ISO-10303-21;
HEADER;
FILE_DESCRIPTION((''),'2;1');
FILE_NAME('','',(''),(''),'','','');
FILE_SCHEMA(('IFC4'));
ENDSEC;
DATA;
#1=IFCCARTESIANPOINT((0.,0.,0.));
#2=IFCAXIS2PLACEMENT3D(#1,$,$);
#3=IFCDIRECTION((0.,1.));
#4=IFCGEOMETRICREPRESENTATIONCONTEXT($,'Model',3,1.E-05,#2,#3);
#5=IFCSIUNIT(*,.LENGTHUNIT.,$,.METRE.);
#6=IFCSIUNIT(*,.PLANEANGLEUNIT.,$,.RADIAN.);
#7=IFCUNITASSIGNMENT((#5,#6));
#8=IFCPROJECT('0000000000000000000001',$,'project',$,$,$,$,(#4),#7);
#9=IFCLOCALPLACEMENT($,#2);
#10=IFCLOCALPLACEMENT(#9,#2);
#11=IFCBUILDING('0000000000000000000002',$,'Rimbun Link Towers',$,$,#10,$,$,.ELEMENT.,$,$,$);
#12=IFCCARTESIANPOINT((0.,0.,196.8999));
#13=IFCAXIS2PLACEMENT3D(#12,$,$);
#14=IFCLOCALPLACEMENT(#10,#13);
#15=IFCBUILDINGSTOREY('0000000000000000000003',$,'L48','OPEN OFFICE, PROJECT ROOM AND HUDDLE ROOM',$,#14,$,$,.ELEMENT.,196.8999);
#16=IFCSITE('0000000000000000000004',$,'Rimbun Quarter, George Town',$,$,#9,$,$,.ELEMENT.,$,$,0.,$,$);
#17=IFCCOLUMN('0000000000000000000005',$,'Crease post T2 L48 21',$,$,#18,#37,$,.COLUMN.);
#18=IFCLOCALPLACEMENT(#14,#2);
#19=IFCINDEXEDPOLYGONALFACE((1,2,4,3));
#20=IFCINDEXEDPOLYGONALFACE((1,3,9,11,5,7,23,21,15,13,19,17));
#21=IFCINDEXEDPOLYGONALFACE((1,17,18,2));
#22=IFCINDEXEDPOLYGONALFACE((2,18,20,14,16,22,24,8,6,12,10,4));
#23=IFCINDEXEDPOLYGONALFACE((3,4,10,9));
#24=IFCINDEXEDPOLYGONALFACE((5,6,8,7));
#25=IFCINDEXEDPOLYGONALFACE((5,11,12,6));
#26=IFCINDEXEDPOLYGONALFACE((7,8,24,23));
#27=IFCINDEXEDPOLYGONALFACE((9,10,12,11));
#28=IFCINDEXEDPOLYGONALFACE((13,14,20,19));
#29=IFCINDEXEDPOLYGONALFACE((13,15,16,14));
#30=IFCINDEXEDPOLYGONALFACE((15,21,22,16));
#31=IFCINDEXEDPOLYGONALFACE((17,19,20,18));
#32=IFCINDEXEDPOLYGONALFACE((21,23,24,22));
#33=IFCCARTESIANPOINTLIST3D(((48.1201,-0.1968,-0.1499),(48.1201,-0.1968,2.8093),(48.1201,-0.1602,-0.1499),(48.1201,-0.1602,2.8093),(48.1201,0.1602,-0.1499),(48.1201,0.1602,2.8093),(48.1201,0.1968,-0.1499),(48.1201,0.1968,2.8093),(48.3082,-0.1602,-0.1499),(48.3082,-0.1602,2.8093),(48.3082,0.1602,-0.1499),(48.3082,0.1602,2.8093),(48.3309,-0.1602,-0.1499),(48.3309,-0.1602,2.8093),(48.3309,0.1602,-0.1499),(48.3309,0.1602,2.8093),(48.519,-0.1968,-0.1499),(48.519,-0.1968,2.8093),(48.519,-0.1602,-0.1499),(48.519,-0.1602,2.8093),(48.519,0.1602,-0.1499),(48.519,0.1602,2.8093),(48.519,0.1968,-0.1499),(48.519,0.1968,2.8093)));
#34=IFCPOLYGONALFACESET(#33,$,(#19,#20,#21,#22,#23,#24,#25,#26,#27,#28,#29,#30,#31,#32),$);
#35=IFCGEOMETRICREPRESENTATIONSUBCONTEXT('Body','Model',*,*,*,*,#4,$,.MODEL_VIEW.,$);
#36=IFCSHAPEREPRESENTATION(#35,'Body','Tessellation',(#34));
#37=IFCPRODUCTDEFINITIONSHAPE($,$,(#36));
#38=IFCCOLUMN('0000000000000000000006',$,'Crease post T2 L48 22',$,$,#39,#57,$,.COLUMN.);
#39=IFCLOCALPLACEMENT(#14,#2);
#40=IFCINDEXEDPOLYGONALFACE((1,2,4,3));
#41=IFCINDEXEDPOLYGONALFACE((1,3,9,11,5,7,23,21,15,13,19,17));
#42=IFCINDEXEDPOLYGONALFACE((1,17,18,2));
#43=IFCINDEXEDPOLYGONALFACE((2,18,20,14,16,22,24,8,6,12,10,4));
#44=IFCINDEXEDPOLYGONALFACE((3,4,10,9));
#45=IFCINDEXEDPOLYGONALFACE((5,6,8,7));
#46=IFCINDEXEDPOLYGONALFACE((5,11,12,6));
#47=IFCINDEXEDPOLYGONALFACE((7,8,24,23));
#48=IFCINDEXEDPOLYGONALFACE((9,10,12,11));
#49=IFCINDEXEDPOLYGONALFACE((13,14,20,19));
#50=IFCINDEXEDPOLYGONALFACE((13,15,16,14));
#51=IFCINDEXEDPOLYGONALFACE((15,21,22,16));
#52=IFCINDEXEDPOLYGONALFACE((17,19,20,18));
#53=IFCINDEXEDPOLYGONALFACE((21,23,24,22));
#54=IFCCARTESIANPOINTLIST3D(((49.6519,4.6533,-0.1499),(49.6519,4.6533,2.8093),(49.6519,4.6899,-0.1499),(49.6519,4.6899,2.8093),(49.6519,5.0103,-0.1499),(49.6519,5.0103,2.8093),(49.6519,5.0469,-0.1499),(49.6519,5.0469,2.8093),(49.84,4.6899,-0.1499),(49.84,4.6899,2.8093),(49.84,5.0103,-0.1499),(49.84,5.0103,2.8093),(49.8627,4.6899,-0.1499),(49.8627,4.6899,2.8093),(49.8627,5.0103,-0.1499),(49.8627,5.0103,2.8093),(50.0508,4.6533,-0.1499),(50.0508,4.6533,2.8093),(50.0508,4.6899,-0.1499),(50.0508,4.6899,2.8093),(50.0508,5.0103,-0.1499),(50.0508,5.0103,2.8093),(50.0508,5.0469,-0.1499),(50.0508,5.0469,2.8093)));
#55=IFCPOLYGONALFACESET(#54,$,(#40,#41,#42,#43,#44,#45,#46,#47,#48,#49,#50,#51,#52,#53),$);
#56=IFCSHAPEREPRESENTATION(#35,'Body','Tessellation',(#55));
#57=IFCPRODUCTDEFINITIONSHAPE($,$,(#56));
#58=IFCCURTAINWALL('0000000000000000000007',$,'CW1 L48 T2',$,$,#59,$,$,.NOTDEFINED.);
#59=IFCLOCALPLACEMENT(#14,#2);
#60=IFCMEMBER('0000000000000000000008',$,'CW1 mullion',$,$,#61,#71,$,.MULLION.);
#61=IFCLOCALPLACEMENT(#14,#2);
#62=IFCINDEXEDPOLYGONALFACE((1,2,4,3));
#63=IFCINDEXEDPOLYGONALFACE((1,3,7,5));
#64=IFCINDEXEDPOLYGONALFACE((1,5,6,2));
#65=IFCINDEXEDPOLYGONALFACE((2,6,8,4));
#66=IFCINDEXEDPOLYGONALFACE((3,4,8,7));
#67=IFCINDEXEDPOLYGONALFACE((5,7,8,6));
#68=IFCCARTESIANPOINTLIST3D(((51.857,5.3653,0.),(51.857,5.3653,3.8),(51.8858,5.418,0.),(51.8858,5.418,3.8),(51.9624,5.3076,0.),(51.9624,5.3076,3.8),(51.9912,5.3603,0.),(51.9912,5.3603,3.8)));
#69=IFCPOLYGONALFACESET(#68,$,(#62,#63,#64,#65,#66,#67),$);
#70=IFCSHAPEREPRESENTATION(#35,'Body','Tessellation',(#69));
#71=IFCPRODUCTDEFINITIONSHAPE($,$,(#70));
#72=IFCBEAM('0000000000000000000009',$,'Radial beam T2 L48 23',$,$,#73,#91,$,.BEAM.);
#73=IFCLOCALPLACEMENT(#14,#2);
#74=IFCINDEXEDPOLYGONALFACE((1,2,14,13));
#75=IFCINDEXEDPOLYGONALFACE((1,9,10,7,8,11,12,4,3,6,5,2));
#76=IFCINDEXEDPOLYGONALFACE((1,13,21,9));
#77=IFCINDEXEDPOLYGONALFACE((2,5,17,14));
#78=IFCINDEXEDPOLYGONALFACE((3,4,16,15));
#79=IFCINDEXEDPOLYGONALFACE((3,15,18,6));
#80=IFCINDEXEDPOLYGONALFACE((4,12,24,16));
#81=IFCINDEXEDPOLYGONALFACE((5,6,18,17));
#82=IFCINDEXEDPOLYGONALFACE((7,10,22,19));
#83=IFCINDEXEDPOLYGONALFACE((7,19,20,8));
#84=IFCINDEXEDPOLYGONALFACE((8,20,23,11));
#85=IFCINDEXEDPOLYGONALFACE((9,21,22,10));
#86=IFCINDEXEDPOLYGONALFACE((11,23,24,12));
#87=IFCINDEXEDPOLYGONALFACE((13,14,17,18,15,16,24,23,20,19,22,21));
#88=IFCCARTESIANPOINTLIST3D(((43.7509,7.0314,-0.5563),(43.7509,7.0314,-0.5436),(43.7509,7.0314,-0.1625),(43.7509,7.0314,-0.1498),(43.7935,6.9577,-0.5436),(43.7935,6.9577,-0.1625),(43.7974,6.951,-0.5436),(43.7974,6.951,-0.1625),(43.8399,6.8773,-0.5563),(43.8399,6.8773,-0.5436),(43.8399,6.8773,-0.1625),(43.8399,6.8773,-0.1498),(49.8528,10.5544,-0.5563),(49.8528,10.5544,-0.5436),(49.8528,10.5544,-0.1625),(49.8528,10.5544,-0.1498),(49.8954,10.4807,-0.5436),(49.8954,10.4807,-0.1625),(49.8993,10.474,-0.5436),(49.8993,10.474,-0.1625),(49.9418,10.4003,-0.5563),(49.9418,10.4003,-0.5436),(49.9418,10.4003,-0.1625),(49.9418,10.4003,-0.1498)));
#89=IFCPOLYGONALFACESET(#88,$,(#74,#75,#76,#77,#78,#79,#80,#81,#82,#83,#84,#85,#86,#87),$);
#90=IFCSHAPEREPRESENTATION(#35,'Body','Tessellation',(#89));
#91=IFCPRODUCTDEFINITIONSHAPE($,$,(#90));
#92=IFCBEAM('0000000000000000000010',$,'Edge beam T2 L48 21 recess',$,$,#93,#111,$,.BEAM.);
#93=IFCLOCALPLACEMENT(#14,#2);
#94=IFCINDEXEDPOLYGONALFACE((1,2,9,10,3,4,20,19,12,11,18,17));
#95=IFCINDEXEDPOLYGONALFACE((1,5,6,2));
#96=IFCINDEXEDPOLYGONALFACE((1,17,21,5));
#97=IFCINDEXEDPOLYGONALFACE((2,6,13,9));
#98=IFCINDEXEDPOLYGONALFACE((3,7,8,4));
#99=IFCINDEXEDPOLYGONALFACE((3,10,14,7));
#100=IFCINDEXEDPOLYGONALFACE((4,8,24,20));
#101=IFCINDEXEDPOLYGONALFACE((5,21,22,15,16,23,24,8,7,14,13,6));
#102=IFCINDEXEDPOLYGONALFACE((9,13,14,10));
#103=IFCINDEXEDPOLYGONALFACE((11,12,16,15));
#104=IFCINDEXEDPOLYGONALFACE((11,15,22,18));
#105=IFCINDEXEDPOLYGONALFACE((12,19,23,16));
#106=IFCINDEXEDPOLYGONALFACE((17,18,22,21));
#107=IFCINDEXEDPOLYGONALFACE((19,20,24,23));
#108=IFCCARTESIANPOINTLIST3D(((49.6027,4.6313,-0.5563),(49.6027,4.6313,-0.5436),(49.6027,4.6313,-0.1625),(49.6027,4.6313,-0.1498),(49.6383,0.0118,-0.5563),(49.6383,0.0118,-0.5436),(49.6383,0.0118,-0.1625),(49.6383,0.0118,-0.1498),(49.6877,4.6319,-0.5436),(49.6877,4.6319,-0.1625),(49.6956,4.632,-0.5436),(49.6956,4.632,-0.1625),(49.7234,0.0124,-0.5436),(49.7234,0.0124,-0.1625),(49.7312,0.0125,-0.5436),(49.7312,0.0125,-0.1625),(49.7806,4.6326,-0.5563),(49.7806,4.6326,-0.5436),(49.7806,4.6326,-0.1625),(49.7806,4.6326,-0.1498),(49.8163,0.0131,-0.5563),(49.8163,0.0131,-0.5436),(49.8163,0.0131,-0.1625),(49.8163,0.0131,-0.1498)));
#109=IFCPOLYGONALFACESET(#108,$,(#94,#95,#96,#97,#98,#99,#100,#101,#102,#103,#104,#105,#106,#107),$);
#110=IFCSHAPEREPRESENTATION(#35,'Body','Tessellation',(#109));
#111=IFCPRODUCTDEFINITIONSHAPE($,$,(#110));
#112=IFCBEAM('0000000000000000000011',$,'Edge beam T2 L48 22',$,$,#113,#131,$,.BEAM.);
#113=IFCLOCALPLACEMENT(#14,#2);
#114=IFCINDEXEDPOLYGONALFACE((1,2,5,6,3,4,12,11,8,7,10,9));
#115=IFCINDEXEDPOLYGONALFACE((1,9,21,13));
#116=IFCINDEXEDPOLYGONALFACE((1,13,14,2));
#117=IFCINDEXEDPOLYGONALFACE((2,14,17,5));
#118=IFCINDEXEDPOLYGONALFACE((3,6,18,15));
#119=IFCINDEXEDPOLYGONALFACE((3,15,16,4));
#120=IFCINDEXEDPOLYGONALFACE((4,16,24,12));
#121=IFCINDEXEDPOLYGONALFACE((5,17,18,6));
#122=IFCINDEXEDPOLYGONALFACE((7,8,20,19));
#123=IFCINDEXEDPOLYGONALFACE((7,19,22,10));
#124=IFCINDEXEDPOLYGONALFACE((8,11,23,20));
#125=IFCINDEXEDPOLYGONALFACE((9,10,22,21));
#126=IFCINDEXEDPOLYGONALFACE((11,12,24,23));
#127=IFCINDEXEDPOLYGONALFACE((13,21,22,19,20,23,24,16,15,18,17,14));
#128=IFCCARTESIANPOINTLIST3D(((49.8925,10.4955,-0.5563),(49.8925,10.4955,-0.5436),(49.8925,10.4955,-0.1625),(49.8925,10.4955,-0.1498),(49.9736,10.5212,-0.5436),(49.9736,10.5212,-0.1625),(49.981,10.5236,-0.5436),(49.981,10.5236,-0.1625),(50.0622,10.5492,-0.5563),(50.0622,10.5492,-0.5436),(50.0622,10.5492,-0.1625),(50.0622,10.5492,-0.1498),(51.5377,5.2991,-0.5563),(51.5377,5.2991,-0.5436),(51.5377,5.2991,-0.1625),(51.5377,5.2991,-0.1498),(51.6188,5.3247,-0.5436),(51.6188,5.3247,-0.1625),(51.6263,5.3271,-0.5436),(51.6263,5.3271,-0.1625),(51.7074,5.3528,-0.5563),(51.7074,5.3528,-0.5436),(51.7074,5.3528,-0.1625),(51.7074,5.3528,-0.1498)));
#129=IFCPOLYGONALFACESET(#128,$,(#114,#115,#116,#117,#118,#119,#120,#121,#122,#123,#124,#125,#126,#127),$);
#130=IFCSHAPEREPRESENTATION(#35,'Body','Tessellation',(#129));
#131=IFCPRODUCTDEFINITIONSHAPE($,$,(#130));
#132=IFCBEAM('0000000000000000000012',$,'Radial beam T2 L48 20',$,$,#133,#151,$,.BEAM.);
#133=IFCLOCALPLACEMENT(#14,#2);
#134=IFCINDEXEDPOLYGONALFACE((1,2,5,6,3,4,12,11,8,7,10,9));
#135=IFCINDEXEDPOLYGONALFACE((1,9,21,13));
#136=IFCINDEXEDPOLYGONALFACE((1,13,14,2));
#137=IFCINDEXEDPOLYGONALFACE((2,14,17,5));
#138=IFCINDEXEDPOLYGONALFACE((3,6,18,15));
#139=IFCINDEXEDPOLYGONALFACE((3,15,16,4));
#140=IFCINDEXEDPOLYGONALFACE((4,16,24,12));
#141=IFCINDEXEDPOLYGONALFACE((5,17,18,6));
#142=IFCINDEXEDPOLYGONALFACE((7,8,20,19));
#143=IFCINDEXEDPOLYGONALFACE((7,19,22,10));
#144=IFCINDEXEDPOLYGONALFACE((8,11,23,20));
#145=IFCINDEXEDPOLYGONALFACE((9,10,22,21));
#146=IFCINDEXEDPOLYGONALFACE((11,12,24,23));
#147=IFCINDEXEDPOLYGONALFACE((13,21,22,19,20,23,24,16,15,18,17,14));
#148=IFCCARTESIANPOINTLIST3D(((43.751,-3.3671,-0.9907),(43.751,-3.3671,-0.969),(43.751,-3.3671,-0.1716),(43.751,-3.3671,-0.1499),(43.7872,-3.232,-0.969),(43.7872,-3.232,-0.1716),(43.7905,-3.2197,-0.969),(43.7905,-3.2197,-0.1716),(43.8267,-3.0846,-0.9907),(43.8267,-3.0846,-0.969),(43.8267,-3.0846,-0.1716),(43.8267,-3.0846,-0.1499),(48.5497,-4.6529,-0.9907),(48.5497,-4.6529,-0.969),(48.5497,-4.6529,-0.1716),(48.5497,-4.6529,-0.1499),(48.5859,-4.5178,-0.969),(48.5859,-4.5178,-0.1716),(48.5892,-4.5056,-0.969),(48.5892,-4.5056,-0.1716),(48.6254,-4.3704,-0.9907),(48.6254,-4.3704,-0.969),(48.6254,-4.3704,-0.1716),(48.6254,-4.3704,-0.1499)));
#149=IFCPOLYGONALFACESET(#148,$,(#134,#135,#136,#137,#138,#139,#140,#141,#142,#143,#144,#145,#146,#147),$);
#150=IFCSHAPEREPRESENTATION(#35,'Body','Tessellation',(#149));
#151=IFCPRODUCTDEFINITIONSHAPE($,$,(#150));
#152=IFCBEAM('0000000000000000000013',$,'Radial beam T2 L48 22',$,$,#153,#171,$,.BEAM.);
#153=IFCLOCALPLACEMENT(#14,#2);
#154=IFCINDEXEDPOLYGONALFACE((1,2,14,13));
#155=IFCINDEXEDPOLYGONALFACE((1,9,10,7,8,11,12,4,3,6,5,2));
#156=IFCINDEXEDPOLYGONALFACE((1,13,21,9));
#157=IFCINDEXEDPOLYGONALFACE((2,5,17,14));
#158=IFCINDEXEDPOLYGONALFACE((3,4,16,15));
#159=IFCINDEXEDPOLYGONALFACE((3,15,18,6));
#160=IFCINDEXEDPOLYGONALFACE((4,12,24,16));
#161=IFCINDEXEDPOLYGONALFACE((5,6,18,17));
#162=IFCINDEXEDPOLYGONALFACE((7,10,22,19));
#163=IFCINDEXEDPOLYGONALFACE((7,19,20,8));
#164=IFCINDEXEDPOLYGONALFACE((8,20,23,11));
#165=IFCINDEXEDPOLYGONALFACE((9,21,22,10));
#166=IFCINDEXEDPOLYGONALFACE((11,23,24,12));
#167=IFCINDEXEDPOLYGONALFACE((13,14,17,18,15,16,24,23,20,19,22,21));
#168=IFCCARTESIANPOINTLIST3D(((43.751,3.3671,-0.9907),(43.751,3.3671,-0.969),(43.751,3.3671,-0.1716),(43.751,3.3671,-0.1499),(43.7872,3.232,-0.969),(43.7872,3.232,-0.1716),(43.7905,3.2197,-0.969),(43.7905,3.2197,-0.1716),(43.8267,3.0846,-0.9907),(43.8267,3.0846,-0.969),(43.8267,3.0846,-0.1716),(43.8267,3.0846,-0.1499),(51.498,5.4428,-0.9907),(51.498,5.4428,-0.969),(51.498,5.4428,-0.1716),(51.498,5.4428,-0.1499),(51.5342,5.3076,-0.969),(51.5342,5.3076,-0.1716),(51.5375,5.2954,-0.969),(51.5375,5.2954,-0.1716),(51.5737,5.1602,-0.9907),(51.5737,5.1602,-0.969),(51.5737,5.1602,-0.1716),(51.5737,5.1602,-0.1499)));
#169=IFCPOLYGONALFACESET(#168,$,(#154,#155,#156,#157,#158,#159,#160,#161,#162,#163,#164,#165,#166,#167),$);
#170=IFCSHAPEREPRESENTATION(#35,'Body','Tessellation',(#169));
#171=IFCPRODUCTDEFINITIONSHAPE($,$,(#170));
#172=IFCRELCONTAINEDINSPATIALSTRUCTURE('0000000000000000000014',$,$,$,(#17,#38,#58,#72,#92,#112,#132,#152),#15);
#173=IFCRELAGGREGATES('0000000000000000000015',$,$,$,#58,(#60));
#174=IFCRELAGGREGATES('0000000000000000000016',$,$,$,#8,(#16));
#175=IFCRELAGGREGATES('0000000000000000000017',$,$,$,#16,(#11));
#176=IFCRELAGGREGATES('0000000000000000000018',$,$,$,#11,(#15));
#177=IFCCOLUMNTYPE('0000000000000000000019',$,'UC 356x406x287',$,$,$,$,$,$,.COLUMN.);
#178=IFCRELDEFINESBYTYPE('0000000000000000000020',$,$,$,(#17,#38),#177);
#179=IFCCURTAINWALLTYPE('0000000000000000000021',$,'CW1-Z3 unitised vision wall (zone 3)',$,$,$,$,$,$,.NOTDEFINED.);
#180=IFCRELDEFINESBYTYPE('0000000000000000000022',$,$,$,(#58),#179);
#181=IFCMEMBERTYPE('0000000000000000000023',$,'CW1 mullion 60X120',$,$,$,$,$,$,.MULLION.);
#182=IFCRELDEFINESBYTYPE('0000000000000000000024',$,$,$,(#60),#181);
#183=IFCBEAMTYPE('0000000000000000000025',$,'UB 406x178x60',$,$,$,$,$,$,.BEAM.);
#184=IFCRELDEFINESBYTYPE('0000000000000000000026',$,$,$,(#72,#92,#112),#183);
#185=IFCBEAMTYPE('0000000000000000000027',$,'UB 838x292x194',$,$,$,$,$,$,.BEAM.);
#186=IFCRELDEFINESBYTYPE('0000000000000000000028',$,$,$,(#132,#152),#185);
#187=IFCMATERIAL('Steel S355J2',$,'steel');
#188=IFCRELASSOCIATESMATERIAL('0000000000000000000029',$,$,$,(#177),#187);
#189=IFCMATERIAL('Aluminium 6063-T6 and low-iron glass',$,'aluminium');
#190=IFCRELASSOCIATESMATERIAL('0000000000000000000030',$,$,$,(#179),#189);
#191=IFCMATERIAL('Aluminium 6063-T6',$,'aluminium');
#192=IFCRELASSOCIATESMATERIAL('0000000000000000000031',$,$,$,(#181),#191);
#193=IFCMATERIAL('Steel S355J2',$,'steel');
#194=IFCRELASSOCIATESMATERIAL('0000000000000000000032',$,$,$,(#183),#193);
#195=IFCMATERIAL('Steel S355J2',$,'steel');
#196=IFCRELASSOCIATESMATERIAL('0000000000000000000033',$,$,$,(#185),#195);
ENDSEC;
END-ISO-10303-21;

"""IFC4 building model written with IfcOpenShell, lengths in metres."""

from ifc_helpers import new_model, si_unit, direction, frame, origin, origin_2d, place, context, subcontext, project, spatial, rectangle, i_section, extrude, material, material_profile, profile_set, type_object, element, aggregate, save


model = new_model("IFC4")

# Units and contexts
model_context = context("Model", 3, precision=1e-05, world=origin(), true_north=direction((0.0, 1.0)))
body_context = subcontext(model_context, "Body", "Model", "MODEL_VIEW")
ifc_project = project(units=[si_unit("LENGTHUNIT", "METRE"), si_unit("PLANEANGLEUNIT", "RADIAN")], contexts=[model_context])

# Site, building, storey
site_placement = place(None, origin())
site = spatial("IfcSite", under=ifc_project, at=site_placement, Name="Rimbun Quarter, George Town", CompositionType="ELEMENT", RefElevation=0.0)
building_placement = place(site_placement, origin())
building = spatial("IfcBuilding", under=site, at=building_placement, Name="Rimbun Link Towers", CompositionType="ELEMENT")
storey_placement = place(building_placement, frame((0.0, 0.0, 196.8999)))
storey = spatial("IfcBuildingStorey", under=building, at=storey_placement, Name="L48", Description="OPEN OFFICE, PROJECT ROOM AND HUDDLE ROOM", CompositionType="ELEMENT", Elevation=196.8999)

# Columns
ifc_material_1 = material(Name="Steel S355J2", Category="steel")
ifc_material_profile_1 = material_profile(ifc_material_1, i_section(OverallWidth=0.3989, OverallDepth=0.3936, WebThickness=0.0227, FlangeThickness=0.0366, at=origin_2d()), Name="UC 356x406x287")
ifc_profile_set_1 = profile_set([ifc_material_profile_1], Name="Steel S355J2")
column_type = type_object("IfcColumnType", Name="UC 356x406x287", PredefinedType="COLUMN", material=ifc_profile_set_1)
for number, where, z_axis, x_axis, name in (
    (1, (48.3196, 0.0, -0.1499), (0.0, 0.0, 1.0), (1.0, 0.0, 0.0), "Crease post T2 L48 21"),
    (2, (49.8513, 4.8501, -0.1499), (0.0, 0.0, 1.0), (1.0, 0.0, 0.0), "Crease post T2 L48 22"),
):
    element("IfcColumn", number, at=place(storey_placement, frame(where, z_axis=z_axis, x_axis=x_axis)), inside=storey, type_object=column_type, Name=name, PredefinedType="COLUMN", context=body_context, shape_type="SweptSolid", body=[
        extrude(i_section(OverallWidth=0.3989, OverallDepth=0.3936, WebThickness=0.0227, FlangeThickness=0.0366, at=origin_2d()), origin(), (0.0, 0.0, 1.0), 2.9592),
    ])

# Curtain wall, member
ifc_material_2 = material(Name="Aluminium 6063-T6 and low-iron glass", Category="aluminium")
curtain_wall_type = type_object("IfcCurtainWallType", Name="CW1-Z3 unitised vision wall (zone 3)", PredefinedType="NOTDEFINED", material=ifc_material_2)
curtain_wall_placement = place(storey_placement, origin())
curtain_wall = element("IfcCurtainWall", 3, at=curtain_wall_placement, inside=storey, type_object=curtain_wall_type, Name="CW1 L48 T2", PredefinedType="NOTDEFINED")
ifc_material_3 = material(Name="Aluminium 6063-T6", Category="aluminium")
ifc_material_profile_2 = material_profile(ifc_material_3, rectangle(XDim=0.1201, YDim=0.0601, at=origin_2d()), Name="MULLION 60X120")
ifc_profile_set_2 = profile_set([ifc_material_profile_2], Name="Aluminium 6063-T6")
member_type_1 = type_object("IfcMemberType", Name="CW1 mullion 60X120", PredefinedType="MULLION", material=ifc_profile_set_2)
member_1_placement = place(storey_placement, frame((51.9241, 5.3628, 0.0), z_axis=(0.0, 0.0, 1.0), x_axis=(0.877317, -0.479912, 0.0)))
member_1 = element("IfcMember", 4, at=member_1_placement, type_object=member_type_1, Name="CW1 mullion", PredefinedType="MULLION", context=body_context, shape_type="SweptSolid", body=[
    extrude(rectangle(XDim=0.1201, YDim=0.0601, at=origin_2d()), origin(), (0.0, 0.0, 1.0), 3.8),
])
aggregate(curtain_wall, [member_1])

# Beams
ifc_material_4 = material(Name="Steel S355J2", Category="steel")
ifc_material_profile_3 = material_profile(ifc_material_4, i_section(OverallWidth=0.178, OverallDepth=0.4065, WebThickness=0.0078, FlangeThickness=0.0127, at=origin_2d()), Name="UB 406x178x60")
ifc_profile_set_3 = profile_set([ifc_material_profile_3], Name="Steel S355J2")
beam_type_1 = type_object("IfcBeamType", Name="UB 406x178x60", PredefinedType="BEAM", material=ifc_profile_set_3)
beam_1_placement = place(storey_placement, frame((43.7954, 6.9543, -0.353), z_axis=(0.866021, 0.500007, 0.0), x_axis=(-0.500007, 0.866021, 0.0)))
element("IfcBeam", 5, at=beam_1_placement, inside=storey, type_object=beam_type_1, Name="Radial beam T2 L48 23", PredefinedType="BEAM", context=body_context, shape_type="SweptSolid", body=[
    extrude(i_section(OverallWidth=0.178, OverallDepth=0.4065, WebThickness=0.0078, FlangeThickness=0.0127, at=origin_2d()), origin(), (0.0, 0.0, 1.0), 7.0459),
])
beam_2_placement = place(storey_placement, frame((49.7273, 0.0125, -0.353), z_axis=(-0.007716, 0.99997, 0.0), x_axis=(-0.99997, -0.007716, 0.0)))
element("IfcBeam", 6, at=beam_2_placement, inside=storey, type_object=beam_type_1, Name="Edge beam T2 L48 21 recess", PredefinedType="BEAM", context=body_context, shape_type="SweptSolid", body=[
    extrude(i_section(OverallWidth=0.178, OverallDepth=0.4065, WebThickness=0.0078, FlangeThickness=0.0127, at=origin_2d()), origin(), (0.0, 0.0, 1.0), 4.6196),
])
beam_3_placement = place(storey_placement, frame((51.6226, 5.3259, -0.353), z_axis=(-0.301841, 0.953358, 0.0), x_axis=(-0.953358, -0.301841, 0.0)))
element("IfcBeam", 7, at=beam_3_placement, inside=storey, type_object=beam_type_1, Name="Edge beam T2 L48 22", PredefinedType="BEAM", context=body_context, shape_type="SweptSolid", body=[
    extrude(i_section(OverallWidth=0.178, OverallDepth=0.4065, WebThickness=0.0078, FlangeThickness=0.0127, at=origin_2d()), origin(), (0.0, 0.0, 1.0), 5.4507),
])
ifc_material_5 = material(Name="Steel S355J2", Category="steel")
ifc_material_profile_4 = material_profile(ifc_material_5, i_section(OverallWidth=0.2925, OverallDepth=0.8408, WebThickness=0.0127, FlangeThickness=0.0217, at=origin_2d()), Name="UB 838x292x194")
ifc_profile_set_4 = profile_set([ifc_material_profile_4], Name="Steel S355J2")
beam_type_2 = type_object("IfcBeamType", Name="UB 838x292x194", PredefinedType="BEAM", material=ifc_profile_set_4)
beam_4_placement = place(storey_placement, frame((43.7888, -3.2258, -0.5703), z_axis=(0.965923, -0.258828, 0.0), x_axis=(0.258828, 0.965923, 0.0)))
element("IfcBeam", 8, at=beam_4_placement, inside=storey, type_object=beam_type_2, Name="Radial beam T2 L48 20", PredefinedType="BEAM", context=body_context, shape_type="SweptSolid", body=[
    extrude(i_section(OverallWidth=0.2925, OverallDepth=0.8408, WebThickness=0.0127, FlangeThickness=0.0217, at=origin_2d()), origin(), (0.0, 0.0, 1.0), 4.968),
])
beam_5_placement = place(storey_placement, frame((43.7888, 3.2258, -0.5703), z_axis=(0.96593, 0.258803, 0.0), x_axis=(-0.258803, 0.96593, 0.0)))
element("IfcBeam", 9, at=beam_5_placement, inside=storey, type_object=beam_type_2, Name="Radial beam T2 L48 22", PredefinedType="BEAM", context=body_context, shape_type="SweptSolid", body=[
    extrude(i_section(OverallWidth=0.2925, OverallDepth=0.8408, WebThickness=0.0127, FlangeThickness=0.0217, at=origin_2d()), origin(), (0.0, 0.0, 1.0), 8.0203),
])

save(model, "model.ifc")
